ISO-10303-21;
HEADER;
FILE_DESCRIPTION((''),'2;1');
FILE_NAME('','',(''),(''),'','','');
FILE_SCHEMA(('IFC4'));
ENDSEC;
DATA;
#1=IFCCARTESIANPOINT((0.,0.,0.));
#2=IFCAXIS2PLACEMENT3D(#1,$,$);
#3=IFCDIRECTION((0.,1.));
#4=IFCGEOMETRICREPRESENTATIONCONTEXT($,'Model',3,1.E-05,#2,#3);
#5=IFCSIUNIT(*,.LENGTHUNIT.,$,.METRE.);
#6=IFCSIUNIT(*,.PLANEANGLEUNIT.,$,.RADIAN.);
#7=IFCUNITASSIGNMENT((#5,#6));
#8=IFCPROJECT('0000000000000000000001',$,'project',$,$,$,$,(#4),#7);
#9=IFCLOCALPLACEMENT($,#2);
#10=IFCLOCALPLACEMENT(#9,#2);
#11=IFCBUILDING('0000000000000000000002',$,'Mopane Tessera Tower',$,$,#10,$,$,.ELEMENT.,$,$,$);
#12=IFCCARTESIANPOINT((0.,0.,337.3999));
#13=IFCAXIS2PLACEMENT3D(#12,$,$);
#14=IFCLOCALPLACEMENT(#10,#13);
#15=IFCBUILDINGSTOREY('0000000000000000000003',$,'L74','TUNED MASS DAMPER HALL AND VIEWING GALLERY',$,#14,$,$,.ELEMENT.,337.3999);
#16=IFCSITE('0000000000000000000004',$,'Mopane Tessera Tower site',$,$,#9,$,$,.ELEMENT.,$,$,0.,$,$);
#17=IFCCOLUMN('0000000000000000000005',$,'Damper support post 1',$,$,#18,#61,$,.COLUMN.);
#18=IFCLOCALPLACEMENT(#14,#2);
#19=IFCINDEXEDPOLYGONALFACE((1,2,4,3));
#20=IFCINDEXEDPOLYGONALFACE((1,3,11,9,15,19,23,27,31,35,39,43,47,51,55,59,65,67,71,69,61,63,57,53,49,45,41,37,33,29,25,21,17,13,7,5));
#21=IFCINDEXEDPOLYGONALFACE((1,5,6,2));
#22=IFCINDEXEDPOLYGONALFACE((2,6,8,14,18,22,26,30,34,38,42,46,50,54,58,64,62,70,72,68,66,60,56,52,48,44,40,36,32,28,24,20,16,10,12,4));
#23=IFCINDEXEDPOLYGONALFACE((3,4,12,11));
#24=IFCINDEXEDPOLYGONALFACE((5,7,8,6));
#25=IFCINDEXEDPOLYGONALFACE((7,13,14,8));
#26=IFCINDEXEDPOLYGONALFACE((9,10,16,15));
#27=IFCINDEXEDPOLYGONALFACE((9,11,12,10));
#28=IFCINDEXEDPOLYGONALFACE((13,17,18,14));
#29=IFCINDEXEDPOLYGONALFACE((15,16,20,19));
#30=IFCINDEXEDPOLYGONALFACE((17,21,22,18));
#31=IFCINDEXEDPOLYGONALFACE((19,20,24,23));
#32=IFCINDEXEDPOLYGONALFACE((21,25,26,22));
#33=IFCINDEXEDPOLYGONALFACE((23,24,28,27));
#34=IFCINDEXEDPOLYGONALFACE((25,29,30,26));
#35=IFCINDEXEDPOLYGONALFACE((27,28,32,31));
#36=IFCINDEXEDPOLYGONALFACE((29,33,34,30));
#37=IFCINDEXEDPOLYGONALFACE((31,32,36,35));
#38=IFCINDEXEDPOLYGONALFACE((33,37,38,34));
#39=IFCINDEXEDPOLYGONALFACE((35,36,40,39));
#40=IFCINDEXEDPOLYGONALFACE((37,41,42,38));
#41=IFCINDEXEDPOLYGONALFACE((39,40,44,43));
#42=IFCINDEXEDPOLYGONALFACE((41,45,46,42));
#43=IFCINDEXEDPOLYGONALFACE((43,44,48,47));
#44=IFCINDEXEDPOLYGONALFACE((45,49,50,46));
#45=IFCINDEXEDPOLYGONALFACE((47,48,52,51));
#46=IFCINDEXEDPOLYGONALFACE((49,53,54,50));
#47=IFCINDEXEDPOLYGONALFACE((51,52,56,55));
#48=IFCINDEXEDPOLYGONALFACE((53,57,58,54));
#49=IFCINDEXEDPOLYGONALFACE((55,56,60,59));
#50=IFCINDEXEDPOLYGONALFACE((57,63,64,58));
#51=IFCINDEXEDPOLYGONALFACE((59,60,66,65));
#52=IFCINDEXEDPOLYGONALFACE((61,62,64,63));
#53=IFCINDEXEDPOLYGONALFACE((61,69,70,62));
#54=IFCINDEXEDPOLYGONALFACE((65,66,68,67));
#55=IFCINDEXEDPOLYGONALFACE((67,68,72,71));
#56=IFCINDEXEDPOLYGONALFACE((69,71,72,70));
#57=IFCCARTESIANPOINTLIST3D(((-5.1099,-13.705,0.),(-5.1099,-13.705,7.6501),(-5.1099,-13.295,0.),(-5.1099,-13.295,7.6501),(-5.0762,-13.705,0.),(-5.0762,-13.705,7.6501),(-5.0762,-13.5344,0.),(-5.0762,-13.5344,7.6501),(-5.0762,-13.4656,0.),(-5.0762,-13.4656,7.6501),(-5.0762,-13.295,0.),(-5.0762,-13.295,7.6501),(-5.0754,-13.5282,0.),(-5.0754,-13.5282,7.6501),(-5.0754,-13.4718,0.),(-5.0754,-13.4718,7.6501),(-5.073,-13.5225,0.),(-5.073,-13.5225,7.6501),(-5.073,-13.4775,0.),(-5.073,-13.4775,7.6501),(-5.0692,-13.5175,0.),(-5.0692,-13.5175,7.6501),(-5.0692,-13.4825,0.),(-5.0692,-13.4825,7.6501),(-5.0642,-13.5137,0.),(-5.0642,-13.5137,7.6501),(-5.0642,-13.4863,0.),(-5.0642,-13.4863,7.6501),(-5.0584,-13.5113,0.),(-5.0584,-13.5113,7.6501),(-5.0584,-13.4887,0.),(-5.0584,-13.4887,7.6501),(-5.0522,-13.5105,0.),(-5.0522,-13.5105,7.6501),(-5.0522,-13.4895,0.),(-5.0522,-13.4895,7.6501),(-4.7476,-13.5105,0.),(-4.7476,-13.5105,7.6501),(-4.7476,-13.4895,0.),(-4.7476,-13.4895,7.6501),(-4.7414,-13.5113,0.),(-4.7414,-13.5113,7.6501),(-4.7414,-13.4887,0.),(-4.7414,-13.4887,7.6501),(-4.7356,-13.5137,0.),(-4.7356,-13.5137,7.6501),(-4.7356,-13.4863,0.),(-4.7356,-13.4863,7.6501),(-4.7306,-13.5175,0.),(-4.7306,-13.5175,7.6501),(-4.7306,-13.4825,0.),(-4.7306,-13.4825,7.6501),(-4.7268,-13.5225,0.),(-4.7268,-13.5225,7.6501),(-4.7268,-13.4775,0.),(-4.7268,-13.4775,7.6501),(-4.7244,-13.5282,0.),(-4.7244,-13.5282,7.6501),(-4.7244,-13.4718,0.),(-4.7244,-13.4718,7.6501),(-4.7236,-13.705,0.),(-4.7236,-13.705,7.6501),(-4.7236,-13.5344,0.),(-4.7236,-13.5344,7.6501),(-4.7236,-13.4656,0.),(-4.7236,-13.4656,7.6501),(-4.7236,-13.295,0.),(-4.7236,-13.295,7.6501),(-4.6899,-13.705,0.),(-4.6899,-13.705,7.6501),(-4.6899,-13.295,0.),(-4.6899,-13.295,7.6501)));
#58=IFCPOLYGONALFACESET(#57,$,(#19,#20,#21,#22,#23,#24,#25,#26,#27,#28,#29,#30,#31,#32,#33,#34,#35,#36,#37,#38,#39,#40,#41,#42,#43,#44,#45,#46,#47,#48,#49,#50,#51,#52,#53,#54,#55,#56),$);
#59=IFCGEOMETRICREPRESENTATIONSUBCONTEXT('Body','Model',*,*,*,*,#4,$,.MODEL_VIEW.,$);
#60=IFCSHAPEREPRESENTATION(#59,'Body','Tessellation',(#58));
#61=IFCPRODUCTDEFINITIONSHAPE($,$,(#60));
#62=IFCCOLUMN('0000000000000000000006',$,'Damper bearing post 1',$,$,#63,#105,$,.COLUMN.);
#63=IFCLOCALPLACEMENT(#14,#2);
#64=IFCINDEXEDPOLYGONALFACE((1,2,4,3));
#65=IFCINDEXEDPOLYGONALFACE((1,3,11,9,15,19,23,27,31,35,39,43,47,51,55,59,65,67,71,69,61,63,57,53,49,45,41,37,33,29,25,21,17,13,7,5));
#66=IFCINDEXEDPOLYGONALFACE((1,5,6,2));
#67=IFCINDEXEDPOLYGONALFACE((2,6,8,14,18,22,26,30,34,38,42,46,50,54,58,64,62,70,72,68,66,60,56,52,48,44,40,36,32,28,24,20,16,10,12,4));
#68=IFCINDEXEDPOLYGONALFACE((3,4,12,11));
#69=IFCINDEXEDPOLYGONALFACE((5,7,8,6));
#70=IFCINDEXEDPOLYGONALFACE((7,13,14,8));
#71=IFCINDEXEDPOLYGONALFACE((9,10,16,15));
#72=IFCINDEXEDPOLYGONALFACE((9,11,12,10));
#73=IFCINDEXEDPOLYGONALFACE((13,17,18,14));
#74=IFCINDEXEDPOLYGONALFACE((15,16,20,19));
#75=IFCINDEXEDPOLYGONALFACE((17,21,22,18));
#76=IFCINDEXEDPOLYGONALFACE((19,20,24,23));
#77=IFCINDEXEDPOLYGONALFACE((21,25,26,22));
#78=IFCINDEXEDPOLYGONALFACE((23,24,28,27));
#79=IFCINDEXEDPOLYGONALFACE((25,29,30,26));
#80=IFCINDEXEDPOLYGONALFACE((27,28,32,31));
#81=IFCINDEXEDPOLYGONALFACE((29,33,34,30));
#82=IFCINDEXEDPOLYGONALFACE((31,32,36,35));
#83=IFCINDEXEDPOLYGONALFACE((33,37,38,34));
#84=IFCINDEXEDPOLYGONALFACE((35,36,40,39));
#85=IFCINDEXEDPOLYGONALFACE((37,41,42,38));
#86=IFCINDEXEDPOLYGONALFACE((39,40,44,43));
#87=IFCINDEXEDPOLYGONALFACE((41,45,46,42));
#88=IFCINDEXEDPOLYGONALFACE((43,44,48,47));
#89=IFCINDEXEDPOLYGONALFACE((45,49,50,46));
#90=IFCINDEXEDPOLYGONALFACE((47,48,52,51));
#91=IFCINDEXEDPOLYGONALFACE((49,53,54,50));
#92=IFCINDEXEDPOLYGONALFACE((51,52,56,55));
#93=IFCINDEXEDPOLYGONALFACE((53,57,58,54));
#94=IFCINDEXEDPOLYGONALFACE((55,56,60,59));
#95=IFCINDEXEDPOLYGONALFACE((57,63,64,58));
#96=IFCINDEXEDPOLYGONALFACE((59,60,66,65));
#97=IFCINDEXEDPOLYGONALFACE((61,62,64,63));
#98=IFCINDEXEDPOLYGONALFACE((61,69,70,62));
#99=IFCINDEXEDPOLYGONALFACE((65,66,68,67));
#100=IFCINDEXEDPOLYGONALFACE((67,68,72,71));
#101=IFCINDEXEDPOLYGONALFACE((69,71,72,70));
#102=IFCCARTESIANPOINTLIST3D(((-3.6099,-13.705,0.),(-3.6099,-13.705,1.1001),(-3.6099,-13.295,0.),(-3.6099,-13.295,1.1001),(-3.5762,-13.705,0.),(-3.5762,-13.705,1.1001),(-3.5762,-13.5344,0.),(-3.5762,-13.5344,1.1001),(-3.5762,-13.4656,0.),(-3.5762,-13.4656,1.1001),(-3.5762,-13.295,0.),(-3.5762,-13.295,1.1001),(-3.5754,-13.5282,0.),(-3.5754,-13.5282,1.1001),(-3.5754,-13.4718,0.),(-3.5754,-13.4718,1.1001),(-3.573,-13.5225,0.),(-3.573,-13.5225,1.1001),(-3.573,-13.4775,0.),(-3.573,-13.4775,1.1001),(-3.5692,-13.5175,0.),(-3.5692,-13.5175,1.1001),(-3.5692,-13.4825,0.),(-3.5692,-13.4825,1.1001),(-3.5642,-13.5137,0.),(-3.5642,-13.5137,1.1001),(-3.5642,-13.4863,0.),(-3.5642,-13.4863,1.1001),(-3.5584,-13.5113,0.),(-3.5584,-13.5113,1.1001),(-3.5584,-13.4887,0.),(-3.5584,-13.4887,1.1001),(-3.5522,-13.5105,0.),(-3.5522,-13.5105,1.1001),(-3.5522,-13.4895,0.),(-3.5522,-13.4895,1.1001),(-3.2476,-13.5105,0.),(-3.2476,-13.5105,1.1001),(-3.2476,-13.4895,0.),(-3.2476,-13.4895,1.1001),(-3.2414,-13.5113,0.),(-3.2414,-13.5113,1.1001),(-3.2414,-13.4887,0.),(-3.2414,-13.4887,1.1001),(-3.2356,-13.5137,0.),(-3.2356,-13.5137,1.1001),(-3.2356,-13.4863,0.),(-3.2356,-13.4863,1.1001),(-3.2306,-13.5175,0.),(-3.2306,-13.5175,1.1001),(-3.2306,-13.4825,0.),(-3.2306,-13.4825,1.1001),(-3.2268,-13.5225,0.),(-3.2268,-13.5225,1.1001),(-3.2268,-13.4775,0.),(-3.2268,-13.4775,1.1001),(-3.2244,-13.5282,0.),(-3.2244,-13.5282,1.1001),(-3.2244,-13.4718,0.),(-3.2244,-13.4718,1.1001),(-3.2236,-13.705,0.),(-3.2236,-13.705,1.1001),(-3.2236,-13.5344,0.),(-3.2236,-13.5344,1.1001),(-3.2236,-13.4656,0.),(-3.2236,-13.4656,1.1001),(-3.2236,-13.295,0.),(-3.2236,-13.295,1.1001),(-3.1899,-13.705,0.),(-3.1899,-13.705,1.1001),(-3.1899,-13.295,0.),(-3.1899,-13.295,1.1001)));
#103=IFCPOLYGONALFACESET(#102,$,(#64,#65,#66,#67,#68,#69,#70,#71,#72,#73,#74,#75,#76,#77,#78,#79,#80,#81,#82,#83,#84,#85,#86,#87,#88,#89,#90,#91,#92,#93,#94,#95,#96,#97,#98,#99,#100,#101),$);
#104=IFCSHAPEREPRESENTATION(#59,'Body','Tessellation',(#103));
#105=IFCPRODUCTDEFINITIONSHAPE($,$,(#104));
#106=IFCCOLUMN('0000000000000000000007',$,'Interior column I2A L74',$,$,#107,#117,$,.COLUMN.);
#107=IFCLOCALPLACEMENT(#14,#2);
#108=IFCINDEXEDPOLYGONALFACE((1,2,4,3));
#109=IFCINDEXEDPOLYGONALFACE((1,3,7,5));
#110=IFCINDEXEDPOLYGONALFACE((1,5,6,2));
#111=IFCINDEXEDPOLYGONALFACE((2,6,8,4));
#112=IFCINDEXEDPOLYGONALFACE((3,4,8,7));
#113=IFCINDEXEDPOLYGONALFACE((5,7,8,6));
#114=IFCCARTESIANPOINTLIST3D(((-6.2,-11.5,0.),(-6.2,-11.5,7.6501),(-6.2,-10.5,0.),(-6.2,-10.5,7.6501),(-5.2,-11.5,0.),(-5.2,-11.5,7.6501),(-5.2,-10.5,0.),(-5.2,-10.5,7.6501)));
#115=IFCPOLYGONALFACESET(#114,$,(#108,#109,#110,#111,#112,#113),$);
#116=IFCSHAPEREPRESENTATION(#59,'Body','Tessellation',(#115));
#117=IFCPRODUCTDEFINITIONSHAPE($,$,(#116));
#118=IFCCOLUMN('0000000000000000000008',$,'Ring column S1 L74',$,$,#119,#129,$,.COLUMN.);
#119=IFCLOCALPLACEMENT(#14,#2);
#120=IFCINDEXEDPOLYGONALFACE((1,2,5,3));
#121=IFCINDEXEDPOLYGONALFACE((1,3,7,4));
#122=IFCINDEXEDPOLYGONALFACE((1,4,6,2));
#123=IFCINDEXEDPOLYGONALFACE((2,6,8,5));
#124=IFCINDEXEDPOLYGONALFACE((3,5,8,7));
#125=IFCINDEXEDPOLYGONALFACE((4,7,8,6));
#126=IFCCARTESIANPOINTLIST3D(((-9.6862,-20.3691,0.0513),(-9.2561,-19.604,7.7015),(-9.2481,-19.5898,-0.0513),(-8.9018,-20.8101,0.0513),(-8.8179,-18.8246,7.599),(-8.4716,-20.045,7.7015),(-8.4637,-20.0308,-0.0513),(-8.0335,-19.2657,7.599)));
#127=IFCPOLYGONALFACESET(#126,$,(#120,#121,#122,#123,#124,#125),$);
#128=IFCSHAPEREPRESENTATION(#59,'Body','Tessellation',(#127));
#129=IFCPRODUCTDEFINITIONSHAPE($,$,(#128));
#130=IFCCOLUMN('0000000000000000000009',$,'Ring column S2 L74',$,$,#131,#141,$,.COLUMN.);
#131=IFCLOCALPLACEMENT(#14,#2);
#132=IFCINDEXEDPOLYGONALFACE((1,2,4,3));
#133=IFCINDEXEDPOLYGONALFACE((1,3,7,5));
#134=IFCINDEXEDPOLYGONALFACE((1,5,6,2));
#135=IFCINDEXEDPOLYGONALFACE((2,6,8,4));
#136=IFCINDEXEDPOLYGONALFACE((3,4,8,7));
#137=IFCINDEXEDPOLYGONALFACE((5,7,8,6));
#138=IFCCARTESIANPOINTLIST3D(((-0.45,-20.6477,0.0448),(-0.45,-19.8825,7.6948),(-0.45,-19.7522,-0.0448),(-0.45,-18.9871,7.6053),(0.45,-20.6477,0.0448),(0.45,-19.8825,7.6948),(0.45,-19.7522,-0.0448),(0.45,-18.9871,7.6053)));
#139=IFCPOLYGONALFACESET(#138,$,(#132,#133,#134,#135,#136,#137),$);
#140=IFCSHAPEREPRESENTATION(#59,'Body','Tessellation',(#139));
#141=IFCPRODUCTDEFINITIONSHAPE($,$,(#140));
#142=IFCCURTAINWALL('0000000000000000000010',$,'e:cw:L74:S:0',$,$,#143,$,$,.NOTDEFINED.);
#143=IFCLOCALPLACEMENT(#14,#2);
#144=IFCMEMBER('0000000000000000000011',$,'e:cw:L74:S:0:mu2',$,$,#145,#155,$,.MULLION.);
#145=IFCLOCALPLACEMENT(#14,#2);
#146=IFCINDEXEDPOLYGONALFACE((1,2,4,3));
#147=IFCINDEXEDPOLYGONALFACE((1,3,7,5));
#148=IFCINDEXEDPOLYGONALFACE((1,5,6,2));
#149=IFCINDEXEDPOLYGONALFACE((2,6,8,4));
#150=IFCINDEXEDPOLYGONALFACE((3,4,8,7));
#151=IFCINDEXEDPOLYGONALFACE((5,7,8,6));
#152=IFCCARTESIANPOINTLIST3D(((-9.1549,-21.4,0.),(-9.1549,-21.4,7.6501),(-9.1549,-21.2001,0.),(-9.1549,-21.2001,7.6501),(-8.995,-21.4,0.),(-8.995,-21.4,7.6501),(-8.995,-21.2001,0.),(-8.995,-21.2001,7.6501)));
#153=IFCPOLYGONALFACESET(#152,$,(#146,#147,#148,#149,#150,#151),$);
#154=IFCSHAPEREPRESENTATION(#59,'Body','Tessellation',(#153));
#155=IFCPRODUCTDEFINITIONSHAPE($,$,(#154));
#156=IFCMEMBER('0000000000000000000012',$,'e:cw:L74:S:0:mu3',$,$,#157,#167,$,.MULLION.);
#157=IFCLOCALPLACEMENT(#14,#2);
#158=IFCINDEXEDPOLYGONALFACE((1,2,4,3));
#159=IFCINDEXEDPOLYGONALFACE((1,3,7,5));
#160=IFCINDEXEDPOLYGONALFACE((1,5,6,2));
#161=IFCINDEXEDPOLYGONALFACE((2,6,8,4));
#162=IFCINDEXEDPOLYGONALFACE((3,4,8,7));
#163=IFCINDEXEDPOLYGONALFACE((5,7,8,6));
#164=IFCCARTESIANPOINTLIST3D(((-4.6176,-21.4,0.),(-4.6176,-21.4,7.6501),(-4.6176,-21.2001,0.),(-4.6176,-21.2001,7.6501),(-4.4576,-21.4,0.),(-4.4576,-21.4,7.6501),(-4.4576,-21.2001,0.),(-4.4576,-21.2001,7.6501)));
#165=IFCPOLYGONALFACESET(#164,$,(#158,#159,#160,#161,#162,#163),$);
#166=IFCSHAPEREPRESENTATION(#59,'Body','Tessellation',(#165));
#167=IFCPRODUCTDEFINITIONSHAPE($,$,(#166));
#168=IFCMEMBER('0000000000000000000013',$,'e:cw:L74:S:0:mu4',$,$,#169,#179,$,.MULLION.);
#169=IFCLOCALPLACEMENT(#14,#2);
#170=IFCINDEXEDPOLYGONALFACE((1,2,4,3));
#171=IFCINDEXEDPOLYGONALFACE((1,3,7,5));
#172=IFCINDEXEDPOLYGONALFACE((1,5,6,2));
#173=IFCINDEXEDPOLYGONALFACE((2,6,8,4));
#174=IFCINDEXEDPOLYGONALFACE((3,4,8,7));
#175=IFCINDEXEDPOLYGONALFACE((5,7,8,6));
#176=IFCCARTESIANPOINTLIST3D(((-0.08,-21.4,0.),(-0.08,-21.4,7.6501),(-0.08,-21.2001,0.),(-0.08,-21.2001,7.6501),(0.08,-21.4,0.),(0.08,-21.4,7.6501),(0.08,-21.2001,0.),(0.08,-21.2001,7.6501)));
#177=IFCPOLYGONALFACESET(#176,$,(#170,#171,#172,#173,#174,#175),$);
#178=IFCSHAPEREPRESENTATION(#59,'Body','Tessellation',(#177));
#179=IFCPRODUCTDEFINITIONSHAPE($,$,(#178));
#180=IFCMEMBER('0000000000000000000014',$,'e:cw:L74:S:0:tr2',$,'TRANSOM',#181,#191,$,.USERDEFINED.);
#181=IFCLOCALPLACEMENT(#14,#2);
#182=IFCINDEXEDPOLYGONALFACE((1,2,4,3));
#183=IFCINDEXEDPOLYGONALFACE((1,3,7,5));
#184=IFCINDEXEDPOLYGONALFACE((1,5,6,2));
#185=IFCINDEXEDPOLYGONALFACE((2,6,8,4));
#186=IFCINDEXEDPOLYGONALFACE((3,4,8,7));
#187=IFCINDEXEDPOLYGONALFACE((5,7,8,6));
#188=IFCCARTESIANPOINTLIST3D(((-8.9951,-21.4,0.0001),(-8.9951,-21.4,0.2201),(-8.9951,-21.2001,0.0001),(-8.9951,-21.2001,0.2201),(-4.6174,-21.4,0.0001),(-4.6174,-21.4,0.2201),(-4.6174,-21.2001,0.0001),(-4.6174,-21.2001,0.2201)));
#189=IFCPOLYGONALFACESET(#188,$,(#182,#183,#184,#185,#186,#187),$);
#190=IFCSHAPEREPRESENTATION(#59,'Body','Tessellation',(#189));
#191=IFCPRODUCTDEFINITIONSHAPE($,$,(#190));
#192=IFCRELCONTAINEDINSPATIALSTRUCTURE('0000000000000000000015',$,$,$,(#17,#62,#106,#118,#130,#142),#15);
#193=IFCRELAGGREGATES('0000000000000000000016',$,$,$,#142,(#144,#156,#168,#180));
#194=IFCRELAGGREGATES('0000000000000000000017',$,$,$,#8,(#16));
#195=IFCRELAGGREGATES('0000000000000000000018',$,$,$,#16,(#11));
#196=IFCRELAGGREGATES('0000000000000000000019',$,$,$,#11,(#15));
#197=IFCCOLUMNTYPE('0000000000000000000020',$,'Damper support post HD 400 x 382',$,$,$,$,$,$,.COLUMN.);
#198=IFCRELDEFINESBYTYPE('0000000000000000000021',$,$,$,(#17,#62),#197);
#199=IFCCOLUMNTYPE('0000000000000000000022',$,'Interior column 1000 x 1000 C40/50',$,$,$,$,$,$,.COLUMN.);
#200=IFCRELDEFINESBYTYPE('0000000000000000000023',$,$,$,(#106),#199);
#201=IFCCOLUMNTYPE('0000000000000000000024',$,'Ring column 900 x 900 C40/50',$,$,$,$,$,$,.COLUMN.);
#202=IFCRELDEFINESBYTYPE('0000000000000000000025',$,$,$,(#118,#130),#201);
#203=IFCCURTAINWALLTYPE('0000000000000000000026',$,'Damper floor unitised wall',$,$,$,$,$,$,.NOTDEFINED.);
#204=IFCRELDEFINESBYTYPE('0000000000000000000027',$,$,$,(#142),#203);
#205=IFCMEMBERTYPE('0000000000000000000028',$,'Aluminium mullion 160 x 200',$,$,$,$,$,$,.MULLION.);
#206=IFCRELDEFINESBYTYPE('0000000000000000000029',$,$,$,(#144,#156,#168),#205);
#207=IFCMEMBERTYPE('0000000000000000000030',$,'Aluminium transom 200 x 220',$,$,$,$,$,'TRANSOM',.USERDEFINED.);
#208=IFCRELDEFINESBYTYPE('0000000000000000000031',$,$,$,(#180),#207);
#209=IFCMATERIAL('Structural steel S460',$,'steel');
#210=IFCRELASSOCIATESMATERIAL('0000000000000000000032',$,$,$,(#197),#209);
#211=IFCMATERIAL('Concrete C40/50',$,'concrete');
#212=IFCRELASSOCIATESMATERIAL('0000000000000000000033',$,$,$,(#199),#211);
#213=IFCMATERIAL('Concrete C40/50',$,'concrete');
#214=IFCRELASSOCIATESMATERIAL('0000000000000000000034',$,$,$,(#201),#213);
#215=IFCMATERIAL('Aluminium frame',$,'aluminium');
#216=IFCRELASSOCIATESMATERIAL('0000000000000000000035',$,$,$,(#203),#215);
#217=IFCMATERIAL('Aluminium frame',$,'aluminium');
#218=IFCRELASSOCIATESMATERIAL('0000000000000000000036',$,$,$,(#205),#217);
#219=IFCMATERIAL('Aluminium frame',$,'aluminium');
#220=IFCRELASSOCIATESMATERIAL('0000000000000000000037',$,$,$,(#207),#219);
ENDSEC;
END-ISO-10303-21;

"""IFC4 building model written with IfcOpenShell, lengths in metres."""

from ifc_helpers import new_model, si_unit, direction, frame, origin, origin_2d, place, context, subcontext, project, spatial, rectangle, i_section, extrude, material, material_profile, profile_set, type_object, element, aggregate, save


model = new_model("IFC4")

# Units and contexts
model_context = context("Model", 3, precision=1e-05, world=origin(), true_north=direction((0.0, 1.0)))
body_context = subcontext(model_context, "Body", "Model", "MODEL_VIEW")
ifc_project = project(units=[si_unit("LENGTHUNIT", "METRE"), si_unit("PLANEANGLEUNIT", "RADIAN")], contexts=[model_context])

# Site, building, storey
site_placement = place(None, origin())
site = spatial("IfcSite", under=ifc_project, at=site_placement, Name="Mopane Tessera Tower site", CompositionType="ELEMENT", RefElevation=0.0)
building_placement = place(site_placement, origin())
building = spatial("IfcBuilding", under=site, at=building_placement, Name="Mopane Tessera Tower", CompositionType="ELEMENT")
storey_placement = place(building_placement, frame((0.0, 0.0, 337.3999)))
storey = spatial("IfcBuildingStorey", under=building, at=storey_placement, Name="L74", Description="TUNED MASS DAMPER HALL AND VIEWING GALLERY", CompositionType="ELEMENT", Elevation=337.3999)

# Columns
ifc_material_1 = material(Name="Structural steel S460", Category="steel")
ifc_material_profile_1 = material_profile(ifc_material_1, i_section(OverallWidth=0.4099, OverallDepth=0.4199, WebThickness=0.021, FlangeThickness=0.0337, FilletRadius=0.0239, at=origin_2d()))
ifc_profile_set_1 = profile_set([ifc_material_profile_1], Name="Structural steel S460")
column_type_1 = type_object("IfcColumnType", Name="Damper support post HD 400 x 382", PredefinedType="COLUMN", material=ifc_profile_set_1)
column_1_placement = place(storey_placement, frame((-4.8999, -13.5, 0.0), z_axis=(0.0, 0.0, 1.0), x_axis=(0.0, 1.0, 0.0)))
element("IfcColumn", 1, at=column_1_placement, inside=storey, type_object=column_type_1, Name="Damper support post 1", PredefinedType="COLUMN", context=body_context, shape_type="SweptSolid", body=[
    extrude(i_section(OverallWidth=0.4099, OverallDepth=0.4199, WebThickness=0.021, FlangeThickness=0.0337, FilletRadius=0.0239, at=origin_2d()), origin(), (0.0, 0.0, 1.0), 7.6501),
])
column_2_placement = place(storey_placement, frame((-3.3999, -13.5, 0.0), z_axis=(0.0, 0.0, 1.0), x_axis=(0.0, 1.0, 0.0)))
element("IfcColumn", 2, at=column_2_placement, inside=storey, type_object=column_type_1, Name="Damper bearing post 1", PredefinedType="COLUMN", context=body_context, shape_type="SweptSolid", body=[
    extrude(i_section(OverallWidth=0.4099, OverallDepth=0.4199, WebThickness=0.021, FlangeThickness=0.0337, FilletRadius=0.0239, at=origin_2d()), origin(), (0.0, 0.0, 1.0), 1.1001),
])
ifc_material_2 = material(Name="Concrete C40/50", Category="concrete")
ifc_material_profile_2 = material_profile(ifc_material_2, rectangle(XDim=1.0, YDim=1.0, at=origin_2d()))
ifc_profile_set_2 = profile_set([ifc_material_profile_2], Name="Concrete C40/50")
column_type_2 = type_object("IfcColumnType", Name="Interior column 1000 x 1000 C40/50", PredefinedType="COLUMN", material=ifc_profile_set_2)
column_3_placement = place(storey_placement, frame((-5.7, -11.0, 0.0), z_axis=(0.0, 0.0, 1.0), x_axis=(1.0, 0.0, 0.0)))
element("IfcColumn", 3, at=column_3_placement, inside=storey, type_object=column_type_2, Name="Interior column I2A L74", PredefinedType="COLUMN", context=body_context, shape_type="SweptSolid", body=[
    extrude(rectangle(XDim=1.0, YDim=1.0, at=origin_2d()), origin(), (0.0, 0.0, 1.0), 7.6501),
])
ifc_material_3 = material(Name="Concrete C40/50", Category="concrete")
ifc_material_profile_3 = material_profile(ifc_material_3, rectangle(XDim=0.8999, YDim=0.8999, at=origin_2d()))
ifc_profile_set_3 = profile_set([ifc_material_profile_3], Name="Concrete C40/50")
column_type_3 = type_object("IfcColumnType", Name="Ring column 900 x 900 C40/50", PredefinedType="COLUMN", material=ifc_profile_set_3)
column_4_placement = place(storey_placement, frame((-9.075, -20.2, 0.0), z_axis=(0.055865, 0.099364, 0.993482), x_axis=(-0.87168, 0.490076, 0.0)))
element("IfcColumn", 4, at=column_4_placement, inside=storey, type_object=column_type_3, Name="Ring column S1 L74", PredefinedType="COLUMN", context=body_context, shape_type="SweptSolid", body=[
    extrude(rectangle(XDim=0.8999, YDim=0.8999, at=origin_2d()), origin(), (0.0, 0.0, 1.0), 7.7004),
])
column_5_placement = place(storey_placement, frame((0.0, -20.2, 0.0), z_axis=(0.0, 0.099519, 0.995036), x_axis=(-1.0, 0.0, 0.0)))
element("IfcColumn", 5, at=column_5_placement, inside=storey, type_object=column_type_3, Name="Ring column S2 L74", PredefinedType="COLUMN", context=body_context, shape_type="SweptSolid", body=[
    extrude(rectangle(XDim=0.8999, YDim=0.8999, at=origin_2d()), origin(), (0.0, 0.0, 1.0), 7.6882),
])

# Curtain wall, members
ifc_material_4 = material(Name="Aluminium frame", Category="aluminium")
curtain_wall_type = type_object("IfcCurtainWallType", Name="Damper floor unitised wall", PredefinedType="NOTDEFINED", material=ifc_material_4)
curtain_wall_placement = place(storey_placement, origin())
curtain_wall = element("IfcCurtainWall", 6, at=curtain_wall_placement, inside=storey, type_object=curtain_wall_type, Name="e:cw:L74:S:0", PredefinedType="NOTDEFINED")
ifc_material_5 = material(Name="Aluminium frame", Category="aluminium")
ifc_material_profile_4 = material_profile(ifc_material_5, rectangle(XDim=0.1599, YDim=0.2, at=origin_2d()))
ifc_profile_set_4 = profile_set([ifc_material_profile_4], Name="Aluminium frame")
member_type_1 = type_object("IfcMemberType", Name="Aluminium mullion 160 x 200", PredefinedType="MULLION", material=ifc_profile_set_4)
member_1_placement = place(storey_placement, frame((-9.075, -21.3, 0.0), z_axis=(0.0, 0.0, 1.0), x_axis=(1.0, 0.0, 0.0)))
member_1 = element("IfcMember", 7, at=member_1_placement, type_object=member_type_1, Name="e:cw:L74:S:0:mu2", PredefinedType="MULLION", context=body_context, shape_type="SweptSolid", body=[
    extrude(rectangle(XDim=0.1599, YDim=0.2, at=origin_2d()), origin(), (0.0, 0.0, 1.0), 7.6501),
])
member_2_placement = place(storey_placement, frame((-4.5376, -21.3, 0.0), z_axis=(0.0, 0.0, 1.0), x_axis=(1.0, 0.0, 0.0)))
member_2 = element("IfcMember", 8, at=member_2_placement, type_object=member_type_1, Name="e:cw:L74:S:0:mu3", PredefinedType="MULLION", context=body_context, shape_type="SweptSolid", body=[
    extrude(rectangle(XDim=0.1599, YDim=0.2, at=origin_2d()), origin(), (0.0, 0.0, 1.0), 7.6501),
])
member_3_placement = place(storey_placement, frame((0.0, -21.3, 0.0), z_axis=(0.0, 0.0, 1.0), x_axis=(1.0, 0.0, 0.0)))
member_3 = element("IfcMember", 9, at=member_3_placement, type_object=member_type_1, Name="e:cw:L74:S:0:mu4", PredefinedType="MULLION", context=body_context, shape_type="SweptSolid", body=[
    extrude(rectangle(XDim=0.1599, YDim=0.2, at=origin_2d()), origin(), (0.0, 0.0, 1.0), 7.6501),
])
ifc_material_6 = material(Name="Aluminium frame", Category="aluminium")
ifc_material_profile_5 = material_profile(ifc_material_6, rectangle(XDim=0.2, YDim=0.22, at=origin_2d()))
ifc_profile_set_5 = profile_set([ifc_material_profile_5], Name="Aluminium frame")
member_type_2 = type_object("IfcMemberType", Name="Aluminium transom 200 x 220", ElementType="TRANSOM", PredefinedType="USERDEFINED", material=ifc_profile_set_5)
member_4_placement = place(storey_placement, frame((-8.9951, -21.3, 0.1101), z_axis=(1.0, 0.0, 0.0), x_axis=(0.0, 1.0, 0.0)))
member_4 = element("IfcMember", 10, at=member_4_placement, type_object=member_type_2, Name="e:cw:L74:S:0:tr2", ObjectType="TRANSOM", PredefinedType="USERDEFINED", context=body_context, shape_type="SweptSolid", body=[
    extrude(rectangle(XDim=0.2, YDim=0.22, at=origin_2d()), origin(), (0.0, 0.0, 1.0), 4.3777),
])

aggregate(curtain_wall, [member_1, member_2, member_3, member_4])

save(model, "model.ifc")
